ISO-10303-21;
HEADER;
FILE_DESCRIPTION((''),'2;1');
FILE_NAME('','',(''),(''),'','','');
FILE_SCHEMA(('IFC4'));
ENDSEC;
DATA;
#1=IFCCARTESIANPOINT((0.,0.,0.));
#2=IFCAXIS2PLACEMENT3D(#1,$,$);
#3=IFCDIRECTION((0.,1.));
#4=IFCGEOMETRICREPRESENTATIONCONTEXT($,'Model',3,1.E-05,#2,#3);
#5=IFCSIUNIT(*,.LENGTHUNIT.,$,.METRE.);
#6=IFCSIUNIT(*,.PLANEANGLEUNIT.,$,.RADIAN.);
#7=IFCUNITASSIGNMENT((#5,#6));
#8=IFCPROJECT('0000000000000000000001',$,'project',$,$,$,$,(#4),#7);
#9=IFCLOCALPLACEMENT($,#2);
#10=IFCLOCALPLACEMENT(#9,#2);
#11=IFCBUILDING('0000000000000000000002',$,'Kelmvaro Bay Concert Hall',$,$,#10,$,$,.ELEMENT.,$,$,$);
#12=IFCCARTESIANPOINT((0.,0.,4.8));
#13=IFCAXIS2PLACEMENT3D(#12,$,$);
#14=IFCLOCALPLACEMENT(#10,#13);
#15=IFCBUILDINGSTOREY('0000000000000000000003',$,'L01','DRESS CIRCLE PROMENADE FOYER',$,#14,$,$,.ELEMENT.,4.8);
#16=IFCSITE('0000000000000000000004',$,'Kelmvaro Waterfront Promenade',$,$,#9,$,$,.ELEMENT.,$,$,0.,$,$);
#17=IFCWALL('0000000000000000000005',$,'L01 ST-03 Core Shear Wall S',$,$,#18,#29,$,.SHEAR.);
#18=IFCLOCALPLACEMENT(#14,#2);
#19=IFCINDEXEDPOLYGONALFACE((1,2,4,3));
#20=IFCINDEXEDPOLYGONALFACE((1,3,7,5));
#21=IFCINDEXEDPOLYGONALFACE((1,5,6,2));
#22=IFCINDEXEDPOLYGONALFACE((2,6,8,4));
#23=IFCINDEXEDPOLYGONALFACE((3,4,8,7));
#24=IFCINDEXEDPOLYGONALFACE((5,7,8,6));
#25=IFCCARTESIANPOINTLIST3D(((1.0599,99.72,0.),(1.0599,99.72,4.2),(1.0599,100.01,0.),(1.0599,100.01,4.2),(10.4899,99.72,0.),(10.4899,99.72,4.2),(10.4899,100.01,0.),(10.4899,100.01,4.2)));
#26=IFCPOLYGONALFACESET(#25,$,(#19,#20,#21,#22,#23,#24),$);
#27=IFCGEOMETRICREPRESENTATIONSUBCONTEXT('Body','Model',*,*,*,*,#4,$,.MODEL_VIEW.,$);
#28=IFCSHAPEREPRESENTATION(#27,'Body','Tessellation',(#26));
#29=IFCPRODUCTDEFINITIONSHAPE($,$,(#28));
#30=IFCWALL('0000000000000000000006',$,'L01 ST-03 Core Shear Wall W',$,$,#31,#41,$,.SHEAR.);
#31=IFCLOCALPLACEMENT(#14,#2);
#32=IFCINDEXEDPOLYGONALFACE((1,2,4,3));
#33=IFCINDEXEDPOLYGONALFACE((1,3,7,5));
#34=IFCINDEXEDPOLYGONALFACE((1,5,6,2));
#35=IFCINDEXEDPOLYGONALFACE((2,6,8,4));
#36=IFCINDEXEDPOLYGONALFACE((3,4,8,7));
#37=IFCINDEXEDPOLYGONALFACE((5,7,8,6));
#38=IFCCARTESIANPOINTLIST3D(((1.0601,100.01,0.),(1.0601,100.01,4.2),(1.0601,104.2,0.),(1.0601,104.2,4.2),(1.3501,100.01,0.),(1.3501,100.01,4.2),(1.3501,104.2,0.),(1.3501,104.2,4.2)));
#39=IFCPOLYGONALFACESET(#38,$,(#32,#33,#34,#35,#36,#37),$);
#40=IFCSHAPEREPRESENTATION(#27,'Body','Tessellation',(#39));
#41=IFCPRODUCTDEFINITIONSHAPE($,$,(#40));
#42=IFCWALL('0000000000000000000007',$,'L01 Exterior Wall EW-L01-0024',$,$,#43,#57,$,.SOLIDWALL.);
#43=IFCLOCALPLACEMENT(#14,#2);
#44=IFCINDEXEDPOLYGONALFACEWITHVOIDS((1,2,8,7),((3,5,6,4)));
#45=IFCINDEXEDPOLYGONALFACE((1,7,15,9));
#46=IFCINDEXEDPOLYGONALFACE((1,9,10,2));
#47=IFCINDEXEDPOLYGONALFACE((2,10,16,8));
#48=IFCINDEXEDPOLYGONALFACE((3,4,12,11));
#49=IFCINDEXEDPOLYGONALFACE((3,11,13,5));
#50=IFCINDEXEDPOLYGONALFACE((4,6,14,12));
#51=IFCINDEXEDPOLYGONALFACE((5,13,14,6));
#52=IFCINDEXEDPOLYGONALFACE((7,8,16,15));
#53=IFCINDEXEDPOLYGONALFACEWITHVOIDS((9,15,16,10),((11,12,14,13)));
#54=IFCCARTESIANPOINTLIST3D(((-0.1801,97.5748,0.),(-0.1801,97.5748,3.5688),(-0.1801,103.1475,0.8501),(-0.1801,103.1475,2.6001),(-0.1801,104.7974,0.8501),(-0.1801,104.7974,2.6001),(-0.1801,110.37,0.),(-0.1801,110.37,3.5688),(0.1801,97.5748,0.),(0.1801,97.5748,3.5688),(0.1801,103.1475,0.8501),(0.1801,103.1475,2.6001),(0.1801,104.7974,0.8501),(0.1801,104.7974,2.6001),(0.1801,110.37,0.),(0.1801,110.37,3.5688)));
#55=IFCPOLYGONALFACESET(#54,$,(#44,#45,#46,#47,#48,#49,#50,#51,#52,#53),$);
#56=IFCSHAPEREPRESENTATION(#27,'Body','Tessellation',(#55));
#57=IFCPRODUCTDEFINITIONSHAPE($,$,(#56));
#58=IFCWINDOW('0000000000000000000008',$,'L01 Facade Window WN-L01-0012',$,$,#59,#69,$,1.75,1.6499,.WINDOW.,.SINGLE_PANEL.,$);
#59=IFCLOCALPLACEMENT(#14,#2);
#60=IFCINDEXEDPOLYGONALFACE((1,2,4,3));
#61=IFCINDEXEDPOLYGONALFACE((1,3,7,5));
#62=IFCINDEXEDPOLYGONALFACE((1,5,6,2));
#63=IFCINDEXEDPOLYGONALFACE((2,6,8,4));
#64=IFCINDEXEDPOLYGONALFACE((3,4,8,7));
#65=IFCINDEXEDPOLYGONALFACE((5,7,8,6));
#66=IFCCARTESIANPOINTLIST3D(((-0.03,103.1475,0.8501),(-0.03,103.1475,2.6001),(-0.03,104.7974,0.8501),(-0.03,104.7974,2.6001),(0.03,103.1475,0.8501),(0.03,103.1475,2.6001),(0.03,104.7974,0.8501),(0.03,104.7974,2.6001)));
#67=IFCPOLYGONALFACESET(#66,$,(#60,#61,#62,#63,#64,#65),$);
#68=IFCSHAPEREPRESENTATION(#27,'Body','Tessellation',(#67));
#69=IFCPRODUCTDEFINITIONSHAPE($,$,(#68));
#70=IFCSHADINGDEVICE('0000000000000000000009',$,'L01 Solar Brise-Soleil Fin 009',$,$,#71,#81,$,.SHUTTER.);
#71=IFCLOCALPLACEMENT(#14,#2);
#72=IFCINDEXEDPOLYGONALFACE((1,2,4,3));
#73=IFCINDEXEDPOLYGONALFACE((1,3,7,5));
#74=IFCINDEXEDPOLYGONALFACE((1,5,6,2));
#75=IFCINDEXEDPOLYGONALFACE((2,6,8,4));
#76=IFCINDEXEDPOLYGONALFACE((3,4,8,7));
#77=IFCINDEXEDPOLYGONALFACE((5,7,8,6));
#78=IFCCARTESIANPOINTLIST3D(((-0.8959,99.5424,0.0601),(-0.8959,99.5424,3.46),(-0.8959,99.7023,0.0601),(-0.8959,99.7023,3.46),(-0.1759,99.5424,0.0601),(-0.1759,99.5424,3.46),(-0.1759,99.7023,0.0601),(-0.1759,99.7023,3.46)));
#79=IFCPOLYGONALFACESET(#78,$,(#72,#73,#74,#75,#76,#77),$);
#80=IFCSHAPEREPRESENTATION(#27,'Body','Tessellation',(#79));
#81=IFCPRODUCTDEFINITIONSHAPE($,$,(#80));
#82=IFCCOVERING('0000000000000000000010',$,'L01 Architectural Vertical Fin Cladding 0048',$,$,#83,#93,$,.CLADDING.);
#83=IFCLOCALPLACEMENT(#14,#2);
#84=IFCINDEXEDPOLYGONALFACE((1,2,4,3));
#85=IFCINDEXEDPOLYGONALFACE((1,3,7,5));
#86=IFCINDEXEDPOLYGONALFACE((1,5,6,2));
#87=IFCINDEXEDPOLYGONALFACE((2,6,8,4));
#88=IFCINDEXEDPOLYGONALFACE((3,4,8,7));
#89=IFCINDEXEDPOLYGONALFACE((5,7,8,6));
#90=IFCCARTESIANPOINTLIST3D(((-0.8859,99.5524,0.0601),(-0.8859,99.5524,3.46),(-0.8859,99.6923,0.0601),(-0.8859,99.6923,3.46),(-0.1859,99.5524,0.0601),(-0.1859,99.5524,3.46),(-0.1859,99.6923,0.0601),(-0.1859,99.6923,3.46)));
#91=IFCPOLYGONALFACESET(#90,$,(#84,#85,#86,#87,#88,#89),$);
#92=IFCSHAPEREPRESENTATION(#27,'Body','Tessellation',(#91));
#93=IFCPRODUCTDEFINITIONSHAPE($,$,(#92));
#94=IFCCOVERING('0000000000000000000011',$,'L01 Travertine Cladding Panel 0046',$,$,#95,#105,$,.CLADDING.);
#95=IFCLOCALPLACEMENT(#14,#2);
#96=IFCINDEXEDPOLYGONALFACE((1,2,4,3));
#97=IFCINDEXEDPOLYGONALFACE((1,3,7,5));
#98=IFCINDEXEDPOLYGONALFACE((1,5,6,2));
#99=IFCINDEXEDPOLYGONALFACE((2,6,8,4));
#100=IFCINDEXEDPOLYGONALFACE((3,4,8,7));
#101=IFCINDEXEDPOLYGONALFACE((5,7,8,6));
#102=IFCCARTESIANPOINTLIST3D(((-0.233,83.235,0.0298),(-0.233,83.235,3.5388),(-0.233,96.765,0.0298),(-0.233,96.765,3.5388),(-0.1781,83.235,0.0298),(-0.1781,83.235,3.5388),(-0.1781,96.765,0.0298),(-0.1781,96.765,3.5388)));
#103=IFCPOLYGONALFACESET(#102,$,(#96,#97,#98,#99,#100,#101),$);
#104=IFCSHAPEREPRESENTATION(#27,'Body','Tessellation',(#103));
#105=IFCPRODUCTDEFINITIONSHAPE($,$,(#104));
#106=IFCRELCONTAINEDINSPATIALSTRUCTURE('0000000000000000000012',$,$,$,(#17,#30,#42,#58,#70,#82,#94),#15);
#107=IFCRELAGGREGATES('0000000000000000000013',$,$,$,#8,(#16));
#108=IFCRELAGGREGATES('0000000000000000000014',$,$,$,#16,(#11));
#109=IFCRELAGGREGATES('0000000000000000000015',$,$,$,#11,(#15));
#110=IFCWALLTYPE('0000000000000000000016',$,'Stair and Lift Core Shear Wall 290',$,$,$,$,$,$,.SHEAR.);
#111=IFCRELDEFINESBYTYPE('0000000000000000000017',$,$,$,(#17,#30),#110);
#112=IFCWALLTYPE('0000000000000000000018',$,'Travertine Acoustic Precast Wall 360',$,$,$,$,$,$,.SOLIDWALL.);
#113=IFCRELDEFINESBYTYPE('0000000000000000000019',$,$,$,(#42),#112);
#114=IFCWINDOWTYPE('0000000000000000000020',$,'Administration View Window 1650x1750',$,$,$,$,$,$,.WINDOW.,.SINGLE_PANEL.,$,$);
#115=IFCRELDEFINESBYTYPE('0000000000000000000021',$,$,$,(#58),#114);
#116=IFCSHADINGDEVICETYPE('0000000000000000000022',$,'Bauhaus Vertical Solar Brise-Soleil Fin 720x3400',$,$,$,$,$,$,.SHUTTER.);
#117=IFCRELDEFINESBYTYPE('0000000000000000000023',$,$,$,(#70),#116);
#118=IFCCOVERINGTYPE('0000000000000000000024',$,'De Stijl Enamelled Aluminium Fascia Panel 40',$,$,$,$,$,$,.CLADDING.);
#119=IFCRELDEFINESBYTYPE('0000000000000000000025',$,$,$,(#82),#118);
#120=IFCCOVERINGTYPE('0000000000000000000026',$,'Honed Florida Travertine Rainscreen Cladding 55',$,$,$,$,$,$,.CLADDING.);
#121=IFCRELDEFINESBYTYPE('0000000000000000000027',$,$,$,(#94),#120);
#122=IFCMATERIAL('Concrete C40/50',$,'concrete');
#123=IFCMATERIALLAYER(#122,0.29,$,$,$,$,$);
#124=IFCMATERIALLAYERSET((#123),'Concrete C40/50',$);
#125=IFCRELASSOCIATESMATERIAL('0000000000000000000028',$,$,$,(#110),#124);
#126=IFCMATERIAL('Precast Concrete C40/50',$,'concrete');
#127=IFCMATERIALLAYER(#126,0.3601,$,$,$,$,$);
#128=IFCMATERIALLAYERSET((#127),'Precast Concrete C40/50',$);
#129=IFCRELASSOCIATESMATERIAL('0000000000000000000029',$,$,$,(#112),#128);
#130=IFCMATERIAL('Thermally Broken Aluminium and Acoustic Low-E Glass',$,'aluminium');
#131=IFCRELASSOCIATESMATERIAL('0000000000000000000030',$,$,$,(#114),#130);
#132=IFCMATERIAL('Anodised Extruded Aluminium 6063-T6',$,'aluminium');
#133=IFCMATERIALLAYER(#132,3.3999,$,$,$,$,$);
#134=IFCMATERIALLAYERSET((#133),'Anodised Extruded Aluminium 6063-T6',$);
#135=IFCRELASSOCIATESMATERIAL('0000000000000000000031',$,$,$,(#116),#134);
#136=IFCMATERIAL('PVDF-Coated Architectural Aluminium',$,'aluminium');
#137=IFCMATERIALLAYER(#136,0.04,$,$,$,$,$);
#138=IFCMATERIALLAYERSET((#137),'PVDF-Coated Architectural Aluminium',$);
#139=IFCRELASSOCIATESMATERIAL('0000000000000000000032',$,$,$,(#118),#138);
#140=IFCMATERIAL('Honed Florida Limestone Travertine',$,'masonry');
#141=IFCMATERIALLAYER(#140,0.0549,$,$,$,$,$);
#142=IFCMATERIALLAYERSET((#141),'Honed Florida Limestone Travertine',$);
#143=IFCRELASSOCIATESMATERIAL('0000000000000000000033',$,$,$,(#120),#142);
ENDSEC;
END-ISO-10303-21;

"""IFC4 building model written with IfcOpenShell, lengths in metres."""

from ifc_helpers import new_model, si_unit, direction, frame, frame_2d, origin, origin_2d, place, context, subcontext, project, spatial, rectangle, extrude, material, layer, layer_set, type_object, element, fill, save


model = new_model("IFC4")

# Units and contexts
model_context = context("Model", 3, precision=1e-05, world=origin(), true_north=direction((0.0, 1.0)))
body_context = subcontext(model_context, "Body", "Model", "MODEL_VIEW")
ifc_project = project(units=[si_unit("LENGTHUNIT", "METRE"), si_unit("PLANEANGLEUNIT", "RADIAN")], contexts=[model_context])

# Site, building, storey
site_placement = place(None, origin())
site = spatial("IfcSite", under=ifc_project, at=site_placement, Name="Kelmvaro Waterfront Promenade", CompositionType="ELEMENT", RefElevation=0.0)
building_placement = place(site_placement, origin())
building = spatial("IfcBuilding", under=site, at=building_placement, Name="Kelmvaro Bay Concert Hall", CompositionType="ELEMENT")
storey_placement = place(building_placement, frame((0.0, 0.0, 4.8)))
storey = spatial("IfcBuildingStorey", under=building, at=storey_placement, Name="L01", Description="DRESS CIRCLE PROMENADE FOYER", CompositionType="ELEMENT", Elevation=4.8)

# Walls
ifc_material_1 = material(Name="Concrete C40/50", Category="concrete")
ifc_layer_1 = layer(ifc_material_1, 0.29)
ifc_layer_set_1 = layer_set([ifc_layer_1], Name="Concrete C40/50")
wall_type_1 = type_object("IfcWallType", Name="Stair and Lift Core Shear Wall 290", PredefinedType="SHEAR", material=ifc_layer_set_1)
wall_1_placement = place(storey_placement, frame((1.0601, 99.865, 0.0), z_axis=(0.0, 0.0, 1.0), x_axis=(1.0, 0.0, 0.0)))
element("IfcWall", 1, at=wall_1_placement, inside=storey, type_object=wall_type_1, Name="L01 ST-03 Core Shear Wall S", PredefinedType="SHEAR", context=body_context, shape_type="SweptSolid", body=[
    extrude(rectangle(XDim=9.4299, YDim=0.29, at=frame_2d((4.7148, 0.0))), origin(), (0.0, 0.0, 1.0), 4.2),
])
wall_2_placement = place(storey_placement, frame((1.2051, 100.01, 0.0), z_axis=(0.0, 0.0, 1.0), x_axis=(0.0, 1.0, 0.0)))
element("IfcWall", 2, at=wall_2_placement, inside=storey, type_object=wall_type_1, Name="L01 ST-03 Core Shear Wall W", PredefinedType="SHEAR", context=body_context, shape_type="SweptSolid", body=[
    extrude(rectangle(XDim=4.1899, YDim=0.29, at=frame_2d((2.095, 0.0))), origin(), (0.0, 0.0, 1.0), 4.2),
])

# Wall, opening, window
ifc_material_2 = material(Name="Precast Concrete C40/50", Category="concrete")
ifc_layer_2 = layer(ifc_material_2, 0.3601)
ifc_layer_set_2 = layer_set([ifc_layer_2], Name="Precast Concrete C40/50")
wall_type_2 = type_object("IfcWallType", Name="Travertine Acoustic Precast Wall 360", PredefinedType="SOLIDWALL", material=ifc_layer_set_2)
wall_3_placement = place(storey_placement, frame((0.0, 97.575, 0.0), z_axis=(0.0, 0.0, 1.0), x_axis=(0.0, 1.0, 0.0)))
wall_3 = element("IfcWall", 3, at=wall_3_placement, inside=storey, type_object=wall_type_2, Name="L01 Exterior Wall EW-L01-0024", PredefinedType="SOLIDWALL", context=body_context, shape_type="SweptSolid", body=[
    extrude(rectangle(XDim=12.7952, YDim=0.3601, at=frame_2d((6.3975, 0.0))), origin(), (0.0, 0.0, 1.0), 3.5688),
])
opening_1_placement = place(wall_3_placement, frame((5.5725, 0.0, 0.8501)))
opening_1 = element("IfcOpeningElement", 4, at=opening_1_placement, cuts=wall_3, PredefinedType="OPENING", context=body_context, shape_type="SweptSolid", body=[
    extrude(rectangle(XDim=1.6499, YDim=1.75, at=frame_2d((0.825, 0.875))), frame((0.0, 0.1899, 0.0), z_axis=(0.0, -1.0, 0.0), x_axis=(1.0, 0.0, 0.0)), (0.0, 0.0, 1.0), 0.3801),
])
ifc_material_3 = material(Name="Thermally Broken Aluminium and Acoustic Low-E Glass", Category="aluminium")
window_type = type_object("IfcWindowType", Name="Administration View Window 1650x1750", PartitioningType="SINGLE_PANEL", PredefinedType="WINDOW", material=ifc_material_3)
window_placement = place(opening_1_placement, origin())
window = element("IfcWindow", 5, at=window_placement, inside=storey, type_object=window_type, Name="L01 Facade Window WN-L01-0012", OverallHeight=1.75, OverallWidth=1.6499, PartitioningType="SINGLE_PANEL", PredefinedType="WINDOW", context=body_context, shape_type="SweptSolid", body=[
    extrude(rectangle(XDim=1.6499, YDim=1.75, at=frame_2d((0.825, 0.875))), frame((0.0, 0.03, 0.0), z_axis=(0.0, -1.0, 0.0), x_axis=(1.0, 0.0, 0.0)), (0.0, 0.0, 1.0), 0.0601),
])
fill(opening_1, window)

# Shading device
ifc_material_4 = material(Name="Anodised Extruded Aluminium 6063-T6", Category="aluminium")
ifc_layer_3 = layer(ifc_material_4, 3.3999)
ifc_layer_set_3 = layer_set([ifc_layer_3], Name="Anodised Extruded Aluminium 6063-T6")
shading_device_type = type_object("IfcShadingDeviceType", Name="Bauhaus Vertical Solar Brise-Soleil Fin 720x3400", PredefinedType="SHUTTER", material=ifc_layer_set_3)
shading_device_placement = place(storey_placement, frame((-0.5359, 99.6223, 0.0601), z_axis=(0.0, 0.0, 1.0), x_axis=(0.0, 1.0, 0.0)))
element("IfcShadingDevice", 6, at=shading_device_placement, inside=storey, type_object=shading_device_type, Name="L01 Solar Brise-Soleil Fin 009", PredefinedType="SHUTTER", context=body_context, shape_type="SweptSolid", body=[
    extrude(rectangle(XDim=0.1599, YDim=0.72, at=origin_2d()), origin(), (0.0, 0.0, 1.0), 3.3999),
])

# Coverings
ifc_material_5 = material(Name="PVDF-Coated Architectural Aluminium", Category="aluminium")
ifc_layer_4 = layer(ifc_material_5, 0.04)
ifc_layer_set_4 = layer_set([ifc_layer_4], Name="PVDF-Coated Architectural Aluminium")
covering_type_1 = type_object("IfcCoveringType", Name="De Stijl Enamelled Aluminium Fascia Panel 40", PredefinedType="CLADDING", material=ifc_layer_set_4)
covering_1_placement = place(storey_placement, frame((-0.5359, 99.6223, 0.0601), z_axis=(0.0, 0.0, 1.0), x_axis=(0.0, 1.0, 0.0)))
element("IfcCovering", 7, at=covering_1_placement, inside=storey, type_object=covering_type_1, Name="L01 Architectural Vertical Fin Cladding 0048", PredefinedType="CLADDING", context=body_context, shape_type="SweptSolid", body=[
    extrude(rectangle(XDim=0.1399, YDim=0.7, at=origin_2d()), origin(), (0.0, 0.0, 1.0), 3.3999),
])
ifc_material_6 = material(Name="Honed Florida Limestone Travertine", Category="masonry")
ifc_layer_5 = layer(ifc_material_6, 0.0549)
ifc_layer_set_5 = layer_set([ifc_layer_5], Name="Honed Florida Limestone Travertine")
covering_type_2 = type_object("IfcCoveringType", Name="Honed Florida Travertine Rainscreen Cladding 55", PredefinedType="CLADDING", material=ifc_layer_set_5)
covering_2_placement = place(storey_placement, frame((-0.2056, 90.0, 0.0298), z_axis=(0.0, 0.0, 1.0), x_axis=(0.0, 1.0, 0.0)))
element("IfcCovering", 8, at=covering_2_placement, inside=storey, type_object=covering_type_2, Name="L01 Travertine Cladding Panel 0046", PredefinedType="CLADDING", context=body_context, shape_type="SweptSolid", body=[
    extrude(rectangle(XDim=13.53, YDim=0.0549, at=origin_2d()), origin(), (0.0, 0.0, 1.0), 3.509),
])

save(model, "model.ifc")
